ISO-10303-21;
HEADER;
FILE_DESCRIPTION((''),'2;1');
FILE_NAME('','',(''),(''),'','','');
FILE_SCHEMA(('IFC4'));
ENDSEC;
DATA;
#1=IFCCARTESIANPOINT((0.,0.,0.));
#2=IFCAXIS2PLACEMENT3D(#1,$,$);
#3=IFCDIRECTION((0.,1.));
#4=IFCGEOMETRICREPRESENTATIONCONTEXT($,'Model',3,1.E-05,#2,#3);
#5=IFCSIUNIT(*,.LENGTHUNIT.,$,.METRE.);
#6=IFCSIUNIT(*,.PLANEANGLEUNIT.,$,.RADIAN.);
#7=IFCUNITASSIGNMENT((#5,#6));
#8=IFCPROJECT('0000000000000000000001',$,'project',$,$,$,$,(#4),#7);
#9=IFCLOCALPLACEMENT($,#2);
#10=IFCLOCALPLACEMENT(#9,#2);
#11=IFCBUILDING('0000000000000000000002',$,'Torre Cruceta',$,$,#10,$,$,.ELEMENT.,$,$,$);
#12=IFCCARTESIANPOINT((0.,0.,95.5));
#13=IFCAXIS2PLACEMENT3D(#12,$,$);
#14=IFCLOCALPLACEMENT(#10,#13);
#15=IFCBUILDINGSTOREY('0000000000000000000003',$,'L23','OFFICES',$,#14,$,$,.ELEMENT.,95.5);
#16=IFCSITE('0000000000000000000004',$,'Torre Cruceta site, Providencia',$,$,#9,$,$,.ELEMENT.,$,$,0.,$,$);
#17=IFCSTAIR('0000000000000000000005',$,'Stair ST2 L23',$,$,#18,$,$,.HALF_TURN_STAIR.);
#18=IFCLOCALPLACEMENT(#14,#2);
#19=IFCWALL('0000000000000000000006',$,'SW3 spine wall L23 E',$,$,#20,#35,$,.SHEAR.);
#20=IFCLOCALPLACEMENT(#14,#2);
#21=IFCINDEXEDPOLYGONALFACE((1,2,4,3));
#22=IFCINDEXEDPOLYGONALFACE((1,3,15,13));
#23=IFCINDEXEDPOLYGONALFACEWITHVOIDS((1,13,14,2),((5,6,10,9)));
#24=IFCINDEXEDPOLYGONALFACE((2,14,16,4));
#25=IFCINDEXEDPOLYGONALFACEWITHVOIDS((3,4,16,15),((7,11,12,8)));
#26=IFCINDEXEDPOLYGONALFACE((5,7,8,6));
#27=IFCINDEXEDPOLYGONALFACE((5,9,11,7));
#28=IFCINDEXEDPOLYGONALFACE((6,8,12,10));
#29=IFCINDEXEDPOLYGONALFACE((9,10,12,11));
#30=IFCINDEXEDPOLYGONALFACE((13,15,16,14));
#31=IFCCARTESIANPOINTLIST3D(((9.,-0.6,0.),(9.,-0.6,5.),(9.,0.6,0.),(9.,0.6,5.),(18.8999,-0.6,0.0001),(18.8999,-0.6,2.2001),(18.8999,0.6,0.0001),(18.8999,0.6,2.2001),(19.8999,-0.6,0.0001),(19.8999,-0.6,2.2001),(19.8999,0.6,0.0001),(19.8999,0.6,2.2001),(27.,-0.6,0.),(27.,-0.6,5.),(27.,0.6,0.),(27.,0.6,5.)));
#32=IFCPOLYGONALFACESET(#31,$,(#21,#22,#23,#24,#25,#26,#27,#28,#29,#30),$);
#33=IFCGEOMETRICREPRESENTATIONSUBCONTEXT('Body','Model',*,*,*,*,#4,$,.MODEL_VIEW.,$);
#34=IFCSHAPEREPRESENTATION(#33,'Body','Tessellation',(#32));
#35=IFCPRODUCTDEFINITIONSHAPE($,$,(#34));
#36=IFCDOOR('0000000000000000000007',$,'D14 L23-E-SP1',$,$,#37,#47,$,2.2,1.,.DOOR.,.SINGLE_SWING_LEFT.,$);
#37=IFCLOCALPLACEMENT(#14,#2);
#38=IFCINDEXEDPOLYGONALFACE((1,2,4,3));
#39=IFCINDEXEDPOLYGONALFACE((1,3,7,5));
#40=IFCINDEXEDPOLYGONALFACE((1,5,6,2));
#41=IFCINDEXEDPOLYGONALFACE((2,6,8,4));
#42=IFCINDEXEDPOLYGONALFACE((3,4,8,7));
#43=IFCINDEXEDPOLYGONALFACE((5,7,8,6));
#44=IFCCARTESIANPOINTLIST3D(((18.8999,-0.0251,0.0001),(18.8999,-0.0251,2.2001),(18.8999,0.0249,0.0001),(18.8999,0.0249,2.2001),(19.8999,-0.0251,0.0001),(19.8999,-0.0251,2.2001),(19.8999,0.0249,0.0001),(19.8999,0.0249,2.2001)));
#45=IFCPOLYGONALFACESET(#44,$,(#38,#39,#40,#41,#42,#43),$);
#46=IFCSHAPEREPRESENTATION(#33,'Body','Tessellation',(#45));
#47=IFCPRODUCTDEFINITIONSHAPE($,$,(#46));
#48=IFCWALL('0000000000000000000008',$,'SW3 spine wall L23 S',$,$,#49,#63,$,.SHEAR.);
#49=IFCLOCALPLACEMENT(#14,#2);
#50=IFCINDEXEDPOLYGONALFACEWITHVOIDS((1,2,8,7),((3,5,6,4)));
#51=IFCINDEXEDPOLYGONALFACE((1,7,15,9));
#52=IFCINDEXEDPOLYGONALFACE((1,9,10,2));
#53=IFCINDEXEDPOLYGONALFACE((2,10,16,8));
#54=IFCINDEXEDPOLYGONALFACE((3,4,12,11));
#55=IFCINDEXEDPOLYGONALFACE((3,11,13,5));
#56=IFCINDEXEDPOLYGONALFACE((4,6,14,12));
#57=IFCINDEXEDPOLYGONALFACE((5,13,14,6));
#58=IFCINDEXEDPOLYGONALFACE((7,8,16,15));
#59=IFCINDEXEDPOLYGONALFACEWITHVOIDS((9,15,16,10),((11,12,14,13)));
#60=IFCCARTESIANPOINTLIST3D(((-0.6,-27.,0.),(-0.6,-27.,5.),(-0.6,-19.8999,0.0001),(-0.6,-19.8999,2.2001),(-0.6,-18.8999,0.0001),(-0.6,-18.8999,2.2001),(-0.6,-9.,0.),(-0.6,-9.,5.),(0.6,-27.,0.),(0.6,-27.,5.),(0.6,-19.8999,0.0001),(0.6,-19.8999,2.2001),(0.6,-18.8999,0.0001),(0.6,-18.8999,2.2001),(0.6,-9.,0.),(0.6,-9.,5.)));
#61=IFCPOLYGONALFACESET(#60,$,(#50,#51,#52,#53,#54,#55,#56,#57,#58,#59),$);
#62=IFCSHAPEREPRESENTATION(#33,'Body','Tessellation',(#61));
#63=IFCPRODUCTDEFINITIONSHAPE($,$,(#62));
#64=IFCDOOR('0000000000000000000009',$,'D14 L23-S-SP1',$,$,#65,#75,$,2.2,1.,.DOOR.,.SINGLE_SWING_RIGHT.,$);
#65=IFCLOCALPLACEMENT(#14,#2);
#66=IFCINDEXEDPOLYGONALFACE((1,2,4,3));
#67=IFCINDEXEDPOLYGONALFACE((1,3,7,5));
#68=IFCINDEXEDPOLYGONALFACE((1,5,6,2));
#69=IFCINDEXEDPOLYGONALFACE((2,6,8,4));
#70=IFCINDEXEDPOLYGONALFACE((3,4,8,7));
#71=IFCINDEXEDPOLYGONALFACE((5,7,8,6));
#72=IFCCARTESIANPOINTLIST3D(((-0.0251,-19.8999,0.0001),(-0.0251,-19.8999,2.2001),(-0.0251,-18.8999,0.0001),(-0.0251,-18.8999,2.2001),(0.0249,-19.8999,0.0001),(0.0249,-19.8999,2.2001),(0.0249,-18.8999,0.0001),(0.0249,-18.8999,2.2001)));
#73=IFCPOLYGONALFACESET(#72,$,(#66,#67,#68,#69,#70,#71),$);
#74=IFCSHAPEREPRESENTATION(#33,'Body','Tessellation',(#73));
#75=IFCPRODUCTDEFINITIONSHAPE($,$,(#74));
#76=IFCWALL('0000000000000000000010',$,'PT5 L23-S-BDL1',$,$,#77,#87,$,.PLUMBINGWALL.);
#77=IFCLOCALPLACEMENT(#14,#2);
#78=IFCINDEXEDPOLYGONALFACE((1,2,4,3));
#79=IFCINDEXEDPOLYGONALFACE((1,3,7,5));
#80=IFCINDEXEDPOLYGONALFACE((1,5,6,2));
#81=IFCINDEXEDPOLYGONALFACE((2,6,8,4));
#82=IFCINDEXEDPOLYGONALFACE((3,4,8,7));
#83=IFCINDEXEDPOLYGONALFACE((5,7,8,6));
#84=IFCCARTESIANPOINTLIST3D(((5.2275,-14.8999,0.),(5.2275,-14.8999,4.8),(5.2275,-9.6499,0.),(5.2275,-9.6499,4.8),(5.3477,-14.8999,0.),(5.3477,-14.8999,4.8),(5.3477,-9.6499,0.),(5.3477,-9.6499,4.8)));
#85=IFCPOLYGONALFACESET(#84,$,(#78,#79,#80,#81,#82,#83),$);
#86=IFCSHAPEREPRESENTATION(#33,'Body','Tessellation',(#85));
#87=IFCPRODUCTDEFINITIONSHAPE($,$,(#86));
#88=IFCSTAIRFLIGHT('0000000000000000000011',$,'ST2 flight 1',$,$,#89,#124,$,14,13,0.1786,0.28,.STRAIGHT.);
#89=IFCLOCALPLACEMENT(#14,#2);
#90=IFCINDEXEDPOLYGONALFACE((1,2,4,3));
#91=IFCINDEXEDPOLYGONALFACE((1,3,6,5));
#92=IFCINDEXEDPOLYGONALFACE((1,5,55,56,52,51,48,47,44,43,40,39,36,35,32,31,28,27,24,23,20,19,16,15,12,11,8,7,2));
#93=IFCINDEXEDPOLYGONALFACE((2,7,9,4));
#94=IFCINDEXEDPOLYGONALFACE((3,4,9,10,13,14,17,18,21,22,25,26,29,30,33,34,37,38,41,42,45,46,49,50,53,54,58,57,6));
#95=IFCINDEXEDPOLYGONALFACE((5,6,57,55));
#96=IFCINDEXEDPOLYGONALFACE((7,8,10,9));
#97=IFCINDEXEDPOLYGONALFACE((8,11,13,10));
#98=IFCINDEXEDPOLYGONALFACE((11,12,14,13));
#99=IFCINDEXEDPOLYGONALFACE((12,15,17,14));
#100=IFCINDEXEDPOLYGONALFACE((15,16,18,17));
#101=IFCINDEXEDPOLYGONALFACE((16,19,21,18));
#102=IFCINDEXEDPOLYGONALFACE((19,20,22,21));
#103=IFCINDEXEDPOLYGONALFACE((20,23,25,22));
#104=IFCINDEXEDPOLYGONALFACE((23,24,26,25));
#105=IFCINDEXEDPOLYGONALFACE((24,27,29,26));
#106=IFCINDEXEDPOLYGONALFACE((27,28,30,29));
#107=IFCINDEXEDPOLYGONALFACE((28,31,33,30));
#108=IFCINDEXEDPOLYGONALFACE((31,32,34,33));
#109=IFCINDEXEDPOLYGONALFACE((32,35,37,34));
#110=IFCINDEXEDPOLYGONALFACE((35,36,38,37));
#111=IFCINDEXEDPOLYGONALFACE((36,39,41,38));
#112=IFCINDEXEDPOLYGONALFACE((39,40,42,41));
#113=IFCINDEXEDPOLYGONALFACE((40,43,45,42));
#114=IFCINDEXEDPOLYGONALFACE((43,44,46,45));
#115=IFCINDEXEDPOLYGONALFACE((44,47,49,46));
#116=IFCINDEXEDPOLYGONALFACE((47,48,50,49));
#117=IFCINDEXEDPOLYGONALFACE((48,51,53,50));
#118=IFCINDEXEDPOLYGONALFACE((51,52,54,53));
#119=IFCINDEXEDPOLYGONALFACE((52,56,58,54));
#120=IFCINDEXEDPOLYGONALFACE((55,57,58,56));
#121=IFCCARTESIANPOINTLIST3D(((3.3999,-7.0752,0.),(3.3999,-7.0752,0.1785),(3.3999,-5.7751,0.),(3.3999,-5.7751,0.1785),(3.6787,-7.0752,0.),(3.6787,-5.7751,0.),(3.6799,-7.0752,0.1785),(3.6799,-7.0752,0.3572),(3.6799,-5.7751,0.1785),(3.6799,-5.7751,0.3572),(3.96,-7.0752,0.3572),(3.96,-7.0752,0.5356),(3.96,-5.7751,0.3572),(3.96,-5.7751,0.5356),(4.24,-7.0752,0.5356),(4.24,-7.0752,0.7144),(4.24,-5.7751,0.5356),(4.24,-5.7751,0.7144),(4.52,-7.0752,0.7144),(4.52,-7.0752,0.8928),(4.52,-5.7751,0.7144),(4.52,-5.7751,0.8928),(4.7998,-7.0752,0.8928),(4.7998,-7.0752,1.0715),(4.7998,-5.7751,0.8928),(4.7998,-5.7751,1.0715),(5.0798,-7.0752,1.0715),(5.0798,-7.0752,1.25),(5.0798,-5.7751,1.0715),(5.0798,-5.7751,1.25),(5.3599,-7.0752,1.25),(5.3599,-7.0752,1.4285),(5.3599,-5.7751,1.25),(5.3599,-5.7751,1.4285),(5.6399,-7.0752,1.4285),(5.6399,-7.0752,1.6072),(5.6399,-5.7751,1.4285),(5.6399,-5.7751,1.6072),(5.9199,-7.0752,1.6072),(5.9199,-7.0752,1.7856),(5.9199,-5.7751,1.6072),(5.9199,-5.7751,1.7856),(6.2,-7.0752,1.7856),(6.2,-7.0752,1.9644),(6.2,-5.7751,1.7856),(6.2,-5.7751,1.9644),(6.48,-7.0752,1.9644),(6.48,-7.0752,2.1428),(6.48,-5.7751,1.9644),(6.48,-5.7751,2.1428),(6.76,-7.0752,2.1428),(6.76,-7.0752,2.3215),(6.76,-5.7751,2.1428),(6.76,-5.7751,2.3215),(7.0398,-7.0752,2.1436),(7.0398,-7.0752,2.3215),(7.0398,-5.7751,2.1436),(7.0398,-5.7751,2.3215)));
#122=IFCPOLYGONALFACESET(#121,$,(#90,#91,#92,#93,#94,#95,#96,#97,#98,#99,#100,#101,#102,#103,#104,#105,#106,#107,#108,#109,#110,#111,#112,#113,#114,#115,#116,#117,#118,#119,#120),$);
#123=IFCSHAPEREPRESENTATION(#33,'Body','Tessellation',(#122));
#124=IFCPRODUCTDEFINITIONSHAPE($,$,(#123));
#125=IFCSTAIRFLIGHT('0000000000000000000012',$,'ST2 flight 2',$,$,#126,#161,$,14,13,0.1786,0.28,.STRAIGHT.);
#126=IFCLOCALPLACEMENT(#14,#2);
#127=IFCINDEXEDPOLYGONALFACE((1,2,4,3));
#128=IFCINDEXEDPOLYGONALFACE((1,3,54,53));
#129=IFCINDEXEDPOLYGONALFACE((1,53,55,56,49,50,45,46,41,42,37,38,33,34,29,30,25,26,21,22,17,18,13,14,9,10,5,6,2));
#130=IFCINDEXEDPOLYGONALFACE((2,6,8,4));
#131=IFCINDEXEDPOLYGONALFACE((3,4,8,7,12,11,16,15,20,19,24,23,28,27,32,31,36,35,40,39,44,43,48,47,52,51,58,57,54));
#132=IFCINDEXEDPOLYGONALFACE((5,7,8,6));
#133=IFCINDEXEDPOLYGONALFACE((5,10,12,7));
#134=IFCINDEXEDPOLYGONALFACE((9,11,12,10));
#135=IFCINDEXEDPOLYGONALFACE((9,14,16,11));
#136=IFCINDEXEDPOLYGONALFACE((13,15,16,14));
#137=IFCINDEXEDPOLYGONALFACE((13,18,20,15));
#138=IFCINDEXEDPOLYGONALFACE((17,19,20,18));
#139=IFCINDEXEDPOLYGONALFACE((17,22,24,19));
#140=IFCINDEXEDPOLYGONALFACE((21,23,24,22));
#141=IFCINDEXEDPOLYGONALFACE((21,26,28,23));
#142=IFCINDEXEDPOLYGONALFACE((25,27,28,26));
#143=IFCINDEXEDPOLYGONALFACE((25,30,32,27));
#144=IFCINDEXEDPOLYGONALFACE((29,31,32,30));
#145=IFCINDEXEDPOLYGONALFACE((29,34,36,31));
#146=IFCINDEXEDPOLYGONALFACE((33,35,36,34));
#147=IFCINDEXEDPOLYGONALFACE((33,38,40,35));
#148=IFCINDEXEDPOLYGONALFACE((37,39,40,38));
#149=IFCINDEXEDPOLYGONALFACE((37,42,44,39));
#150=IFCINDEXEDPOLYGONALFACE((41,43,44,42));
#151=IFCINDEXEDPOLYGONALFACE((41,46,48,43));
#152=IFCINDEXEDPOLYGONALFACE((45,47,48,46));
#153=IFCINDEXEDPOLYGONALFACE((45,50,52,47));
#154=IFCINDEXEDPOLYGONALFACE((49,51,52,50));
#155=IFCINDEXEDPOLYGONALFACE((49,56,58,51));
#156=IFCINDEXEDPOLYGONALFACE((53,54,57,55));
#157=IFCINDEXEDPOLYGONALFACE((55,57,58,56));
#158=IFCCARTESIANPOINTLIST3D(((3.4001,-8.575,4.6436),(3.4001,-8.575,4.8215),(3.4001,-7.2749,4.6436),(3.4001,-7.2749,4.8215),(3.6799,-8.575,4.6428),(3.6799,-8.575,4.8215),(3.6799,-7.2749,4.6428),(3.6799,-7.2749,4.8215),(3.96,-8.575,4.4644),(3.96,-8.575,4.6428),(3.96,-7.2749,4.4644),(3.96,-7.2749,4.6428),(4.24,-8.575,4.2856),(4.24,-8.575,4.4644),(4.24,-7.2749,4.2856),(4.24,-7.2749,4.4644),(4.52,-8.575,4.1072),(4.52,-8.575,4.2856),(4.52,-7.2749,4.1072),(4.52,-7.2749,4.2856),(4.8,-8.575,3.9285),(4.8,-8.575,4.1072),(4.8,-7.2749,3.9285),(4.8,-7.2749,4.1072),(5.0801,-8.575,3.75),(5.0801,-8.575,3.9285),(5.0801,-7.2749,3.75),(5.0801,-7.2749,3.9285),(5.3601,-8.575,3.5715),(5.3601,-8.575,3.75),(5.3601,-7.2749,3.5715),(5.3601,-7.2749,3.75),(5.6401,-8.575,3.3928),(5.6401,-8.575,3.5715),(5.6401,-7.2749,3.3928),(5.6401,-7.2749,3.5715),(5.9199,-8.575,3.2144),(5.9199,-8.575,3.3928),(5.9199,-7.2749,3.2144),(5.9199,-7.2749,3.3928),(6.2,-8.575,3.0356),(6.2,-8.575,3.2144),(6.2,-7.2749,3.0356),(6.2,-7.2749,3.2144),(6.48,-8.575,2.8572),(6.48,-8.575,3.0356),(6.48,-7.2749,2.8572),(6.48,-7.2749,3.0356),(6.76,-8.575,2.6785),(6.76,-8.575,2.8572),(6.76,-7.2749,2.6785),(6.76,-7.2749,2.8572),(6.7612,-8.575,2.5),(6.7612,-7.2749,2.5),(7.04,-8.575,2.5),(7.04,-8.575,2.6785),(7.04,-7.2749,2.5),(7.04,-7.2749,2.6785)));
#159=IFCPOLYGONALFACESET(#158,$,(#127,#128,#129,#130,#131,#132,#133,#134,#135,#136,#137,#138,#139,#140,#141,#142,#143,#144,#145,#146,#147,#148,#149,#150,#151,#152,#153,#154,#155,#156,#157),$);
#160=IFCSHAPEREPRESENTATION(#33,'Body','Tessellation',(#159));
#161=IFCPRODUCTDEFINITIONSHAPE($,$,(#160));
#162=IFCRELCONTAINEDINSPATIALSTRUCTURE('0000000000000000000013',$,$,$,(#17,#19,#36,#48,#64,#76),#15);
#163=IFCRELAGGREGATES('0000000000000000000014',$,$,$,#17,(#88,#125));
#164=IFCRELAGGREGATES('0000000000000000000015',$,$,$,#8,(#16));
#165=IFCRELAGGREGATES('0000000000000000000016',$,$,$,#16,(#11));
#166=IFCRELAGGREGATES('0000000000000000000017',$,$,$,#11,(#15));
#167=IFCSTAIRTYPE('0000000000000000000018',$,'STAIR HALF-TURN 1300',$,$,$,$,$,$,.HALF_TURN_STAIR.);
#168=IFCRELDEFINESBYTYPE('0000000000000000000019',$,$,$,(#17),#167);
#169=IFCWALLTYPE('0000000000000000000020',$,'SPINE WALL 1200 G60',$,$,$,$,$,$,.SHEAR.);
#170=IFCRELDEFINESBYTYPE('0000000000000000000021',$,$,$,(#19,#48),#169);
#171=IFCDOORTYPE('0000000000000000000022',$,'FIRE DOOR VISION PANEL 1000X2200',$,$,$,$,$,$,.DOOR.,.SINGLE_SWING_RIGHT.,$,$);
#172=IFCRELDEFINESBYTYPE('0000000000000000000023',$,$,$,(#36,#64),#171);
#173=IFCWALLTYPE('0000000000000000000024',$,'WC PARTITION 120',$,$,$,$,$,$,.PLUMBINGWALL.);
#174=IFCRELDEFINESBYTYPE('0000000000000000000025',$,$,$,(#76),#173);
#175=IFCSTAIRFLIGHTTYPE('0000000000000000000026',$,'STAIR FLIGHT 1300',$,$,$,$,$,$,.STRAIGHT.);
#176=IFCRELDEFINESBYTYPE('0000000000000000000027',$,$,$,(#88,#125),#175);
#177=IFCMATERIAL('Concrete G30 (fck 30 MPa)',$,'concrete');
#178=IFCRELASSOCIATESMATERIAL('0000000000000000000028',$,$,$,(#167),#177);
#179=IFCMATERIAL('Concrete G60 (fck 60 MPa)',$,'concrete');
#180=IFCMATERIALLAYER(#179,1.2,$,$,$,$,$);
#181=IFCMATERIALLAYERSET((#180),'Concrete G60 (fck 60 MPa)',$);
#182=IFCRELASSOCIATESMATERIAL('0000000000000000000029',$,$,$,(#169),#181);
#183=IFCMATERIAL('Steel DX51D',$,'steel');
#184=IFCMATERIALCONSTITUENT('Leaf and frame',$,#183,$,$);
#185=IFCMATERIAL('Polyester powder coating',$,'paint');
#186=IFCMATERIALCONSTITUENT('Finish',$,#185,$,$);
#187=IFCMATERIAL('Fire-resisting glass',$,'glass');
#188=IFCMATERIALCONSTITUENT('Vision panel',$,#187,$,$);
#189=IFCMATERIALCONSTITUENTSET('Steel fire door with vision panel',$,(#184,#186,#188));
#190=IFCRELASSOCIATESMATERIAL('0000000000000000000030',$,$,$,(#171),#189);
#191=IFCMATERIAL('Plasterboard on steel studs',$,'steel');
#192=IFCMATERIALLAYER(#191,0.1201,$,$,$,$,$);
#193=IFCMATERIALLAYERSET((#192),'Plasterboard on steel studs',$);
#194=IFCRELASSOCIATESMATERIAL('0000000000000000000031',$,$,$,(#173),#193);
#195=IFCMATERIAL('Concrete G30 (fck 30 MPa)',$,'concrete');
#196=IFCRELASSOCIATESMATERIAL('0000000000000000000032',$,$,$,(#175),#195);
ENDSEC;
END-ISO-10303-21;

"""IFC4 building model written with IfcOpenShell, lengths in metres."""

from ifc_helpers import new_model, si_unit, direction, frame, frame_2d, origin, place, context, subcontext, project, spatial, polyline, rectangle, outline, extrude, material, layer, layer_set, constituent, constituent_set, type_object, element, fill, aggregate, save


model = new_model("IFC4")

# Units and contexts
model_context = context("Model", 3, precision=1e-05, world=origin(), true_north=direction((0.0, 1.0)))
body_context = subcontext(model_context, "Body", "Model", "MODEL_VIEW")
ifc_project = project(units=[si_unit("LENGTHUNIT", "METRE"), si_unit("PLANEANGLEUNIT", "RADIAN")], contexts=[model_context])

# Site, building, storey
site_placement = place(None, origin())
site = spatial("IfcSite", under=ifc_project, at=site_placement, Name="Torre Cruceta site, Providencia", CompositionType="ELEMENT", RefElevation=0.0)
building_placement = place(site_placement, origin())
building = spatial("IfcBuilding", under=site, at=building_placement, Name="Torre Cruceta", CompositionType="ELEMENT")
storey_placement = place(building_placement, frame((0.0, 0.0, 95.5)))
storey = spatial("IfcBuildingStorey", under=building, at=storey_placement, Name="L23", Description="OFFICES", CompositionType="ELEMENT", Elevation=95.5)

# Stair
ifc_material_1 = material(Name="Concrete G30 (fck 30 MPa)", Category="concrete")
stair_type = type_object("IfcStairType", Name="STAIR HALF-TURN 1300", PredefinedType="HALF_TURN_STAIR", material=ifc_material_1)
stair_1_placement = place(storey_placement, origin())
stair_1 = element("IfcStair", 1, at=stair_1_placement, inside=storey, type_object=stair_type, Name="Stair ST2 L23", PredefinedType="HALF_TURN_STAIR")

# Walls, openings, doors
ifc_material_2 = material(Name="Concrete G60 (fck 60 MPa)", Category="concrete")
ifc_layer_1 = layer(ifc_material_2, 1.2)
ifc_layer_set_1 = layer_set([ifc_layer_1], Name="Concrete G60 (fck 60 MPa)")
wall_type_1 = type_object("IfcWallType", Name="SPINE WALL 1200 G60", PredefinedType="SHEAR", material=ifc_layer_set_1)
wall_1_placement = place(storey_placement, frame((9.0, 0.0, 0.0), z_axis=(0.0, 0.0, 1.0), x_axis=(1.0, 0.0, 0.0)))
wall_1 = element("IfcWall", 2, at=wall_1_placement, inside=storey, type_object=wall_type_1, Name="SW3 spine wall L23 E", PredefinedType="SHEAR", context=body_context, shape_type="SweptSolid", body=[
    extrude(rectangle(XDim=18.0, YDim=1.2, at=frame_2d((9.0, 0.0))), origin(), (0.0, 0.0, 1.0), 5.0),
])
opening_1_placement = place(wall_1_placement, frame((9.8999, 0.0, 0.0)))
opening_1 = element("IfcOpeningElement", 3, at=opening_1_placement, cuts=wall_1, PredefinedType="OPENING", context=body_context, shape_type="SweptSolid", body=[
    extrude(rectangle(XDim=1.0, YDim=2.2, at=frame_2d((0.5, 1.1001))), frame((0.0, 0.6099, 0.0), z_axis=(0.0, -1.0, 0.0), x_axis=(1.0, 0.0, 0.0)), (0.0, 0.0, 1.0), 1.22),
])
ifc_material_3 = material(Name="Steel DX51D", Category="steel")
ifc_constituent_1 = constituent(ifc_material_3, Name="Leaf and frame")
ifc_material_4 = material(Name="Polyester powder coating", Category="paint")
ifc_constituent_2 = constituent(ifc_material_4, Name="Finish")
ifc_material_5 = material(Name="Fire-resisting glass", Category="glass")
ifc_constituent_3 = constituent(ifc_material_5, Name="Vision panel")
ifc_constituent_set_1 = constituent_set(constituents=[ifc_constituent_1, ifc_constituent_2, ifc_constituent_3], Name="Steel fire door with vision panel")
door_type_1 = type_object("IfcDoorType", Name="FIRE DOOR VISION PANEL 1000X2200", OperationType="SINGLE_SWING_RIGHT", PredefinedType="DOOR", material=ifc_constituent_set_1)
door_1_placement = place(opening_1_placement, frame((1.0, 0.0, 0.0), z_axis=(0.0, 0.0, 1.0), x_axis=(-1.0, 0.0, 0.0)))
door_1 = element("IfcDoor", 4, at=door_1_placement, inside=storey, type_object=door_type_1, Name="D14 L23-E-SP1", OperationType="SINGLE_SWING_LEFT", OverallHeight=2.2, OverallWidth=1.0, PredefinedType="DOOR", context=body_context, shape_type="SweptSolid", body=[
    extrude(rectangle(XDim=1.0, YDim=2.2, at=frame_2d((0.5, 1.1001))), frame((0.0, 0.0251, 0.0), z_axis=(0.0, -1.0, 0.0), x_axis=(1.0, 0.0, 0.0)), (0.0, 0.0, 1.0), 0.05),
])
fill(opening_1, door_1)
wall_2_placement = place(storey_placement, frame((0.0, -9.0, 0.0), z_axis=(0.0, 0.0, 1.0), x_axis=(0.0, -1.0, 0.0)))
wall_2 = element("IfcWall", 5, at=wall_2_placement, inside=storey, type_object=wall_type_1, Name="SW3 spine wall L23 S", PredefinedType="SHEAR", context=body_context, shape_type="SweptSolid", body=[
    extrude(rectangle(XDim=18.0, YDim=1.2, at=frame_2d((9.0, 0.0))), origin(), (0.0, 0.0, 1.0), 5.0),
])
opening_2_placement = place(wall_2_placement, frame((9.8999, 0.0, 0.0)))
opening_2 = element("IfcOpeningElement", 6, at=opening_2_placement, cuts=wall_2, PredefinedType="OPENING", context=body_context, shape_type="SweptSolid", body=[
    extrude(rectangle(XDim=1.0, YDim=2.2, at=frame_2d((0.5, 1.1001))), frame((0.0, 0.6099, 0.0), z_axis=(0.0, -1.0, 0.0), x_axis=(1.0, 0.0, 0.0)), (0.0, 0.0, 1.0), 1.22),
])
door_2_placement = place(opening_2_placement, origin())
door_2 = element("IfcDoor", 7, at=door_2_placement, inside=storey, type_object=door_type_1, Name="D14 L23-S-SP1", OperationType="SINGLE_SWING_RIGHT", OverallHeight=2.2, OverallWidth=1.0, PredefinedType="DOOR", context=body_context, shape_type="SweptSolid", body=[
    extrude(rectangle(XDim=1.0, YDim=2.2, at=frame_2d((0.5, 1.1001))), frame((0.0, 0.0249, 0.0), z_axis=(0.0, -1.0, 0.0), x_axis=(1.0, 0.0, 0.0)), (0.0, 0.0, 1.0), 0.05),
])
fill(opening_2, door_2)

# Wall
ifc_material_6 = material(Name="Plasterboard on steel studs", Category="steel")
ifc_layer_2 = layer(ifc_material_6, 0.1201)
ifc_layer_set_2 = layer_set([ifc_layer_2], Name="Plasterboard on steel studs")
wall_type_2 = type_object("IfcWallType", Name="WC PARTITION 120", PredefinedType="PLUMBINGWALL", material=ifc_layer_set_2)
wall_3_placement = place(storey_placement, frame((5.2876, -9.6499, 0.0), z_axis=(0.0, 0.0, 1.0), x_axis=(0.0, -1.0, 0.0)))
element("IfcWall", 8, at=wall_3_placement, inside=storey, type_object=wall_type_2, Name="PT5 L23-S-BDL1", PredefinedType="PLUMBINGWALL", context=body_context, shape_type="SweptSolid", body=[
    extrude(rectangle(XDim=5.25, YDim=0.1201, at=frame_2d((2.625, 0.0))), origin(), (0.0, 0.0, 1.0), 4.8),
])

# Stair flights
ifc_material_7 = material(Name="Concrete G30 (fck 30 MPa)", Category="concrete")
stair_flight_type = type_object("IfcStairFlightType", Name="STAIR FLIGHT 1300", PredefinedType="STRAIGHT", material=ifc_material_7)
stair_flight_1_placement = place(storey_placement, frame((3.3999, -6.425, 0.0), z_axis=(0.0, 0.0, 1.0), x_axis=(1.0, 0.0, 0.0)))
stair_flight_1 = element("IfcStairFlight", 9, at=stair_flight_1_placement, type_object=stair_flight_type, Name="ST2 flight 1", NumberOfRisers=14, NumberOfTreads=13, PredefinedType="STRAIGHT", RiserHeight=0.1786, TreadLength=0.28, context=body_context, shape_type="SweptSolid", body=[
    extrude(outline(polyline([(0.0, 0.0), (0.0, 0.1785), (0.28, 0.1785), (0.28, 0.3572), (0.5601, 0.3572), (0.5601, 0.5356), (0.8401, 0.5356), (0.8401, 0.7144), (1.1201, 0.7144), (1.1201, 0.8928), (1.3999, 0.8928), (1.3999, 1.0715), (1.6799, 1.0715), (1.6799, 1.25), (1.96, 1.25), (1.96, 1.4285), (2.24, 1.4285), (2.24, 1.6072), (2.52, 1.6072), (2.52, 1.7856), (2.8, 1.7856), (2.8, 1.9644), (3.0801, 1.9644), (3.0801, 2.1428), (3.3601, 2.1428), (3.3601, 2.3215), (3.6399, 2.3215), (3.6399, 2.5), (3.6399, 2.1436), (0.2788, 0.0), (0.0, 0.0)])), frame((0.0, 0.6499, 0.0), z_axis=(0.0, -1.0, 0.0), x_axis=(1.0, 0.0, 0.0)), (0.0, 0.0, 1.0), 1.3),
])
stair_flight_2_placement = place(storey_placement, frame((7.04, -7.925, 2.5), z_axis=(0.0, 0.0, 1.0), x_axis=(-1.0, 0.0, 0.0)))
stair_flight_2 = element("IfcStairFlight", 10, at=stair_flight_2_placement, type_object=stair_flight_type, Name="ST2 flight 2", NumberOfRisers=14, NumberOfTreads=13, PredefinedType="STRAIGHT", RiserHeight=0.1786, TreadLength=0.28, context=body_context, shape_type="SweptSolid", body=[
    extrude(outline(polyline([(0.0, 0.0), (0.0, 0.1785), (0.28, 0.1785), (0.28, 0.3572), (0.5601, 0.3572), (0.5601, 0.5356), (0.8401, 0.5356), (0.8401, 0.7144), (1.1201, 0.7144), (1.1201, 0.8928), (1.3999, 0.8928), (1.3999, 1.0715), (1.6799, 1.0715), (1.6799, 1.25), (1.96, 1.25), (1.96, 1.4285), (2.24, 1.4285), (2.24, 1.6072), (2.52, 1.6072), (2.52, 1.7856), (2.8, 1.7856), (2.8, 1.9644), (3.0801, 1.9644), (3.0801, 2.1428), (3.3601, 2.1428), (3.3601, 2.3215), (3.6399, 2.3215), (3.6399, 2.5), (3.6399, 2.1436), (0.2788, 0.0), (0.0, 0.0)])), frame((0.0, 0.6499, 0.0), z_axis=(0.0, -1.0, 0.0), x_axis=(1.0, 0.0, 0.0)), (0.0, 0.0, 1.0), 1.3),
])
aggregate(stair_1, [stair_flight_1, stair_flight_2])

save(model, "model.ifc")
